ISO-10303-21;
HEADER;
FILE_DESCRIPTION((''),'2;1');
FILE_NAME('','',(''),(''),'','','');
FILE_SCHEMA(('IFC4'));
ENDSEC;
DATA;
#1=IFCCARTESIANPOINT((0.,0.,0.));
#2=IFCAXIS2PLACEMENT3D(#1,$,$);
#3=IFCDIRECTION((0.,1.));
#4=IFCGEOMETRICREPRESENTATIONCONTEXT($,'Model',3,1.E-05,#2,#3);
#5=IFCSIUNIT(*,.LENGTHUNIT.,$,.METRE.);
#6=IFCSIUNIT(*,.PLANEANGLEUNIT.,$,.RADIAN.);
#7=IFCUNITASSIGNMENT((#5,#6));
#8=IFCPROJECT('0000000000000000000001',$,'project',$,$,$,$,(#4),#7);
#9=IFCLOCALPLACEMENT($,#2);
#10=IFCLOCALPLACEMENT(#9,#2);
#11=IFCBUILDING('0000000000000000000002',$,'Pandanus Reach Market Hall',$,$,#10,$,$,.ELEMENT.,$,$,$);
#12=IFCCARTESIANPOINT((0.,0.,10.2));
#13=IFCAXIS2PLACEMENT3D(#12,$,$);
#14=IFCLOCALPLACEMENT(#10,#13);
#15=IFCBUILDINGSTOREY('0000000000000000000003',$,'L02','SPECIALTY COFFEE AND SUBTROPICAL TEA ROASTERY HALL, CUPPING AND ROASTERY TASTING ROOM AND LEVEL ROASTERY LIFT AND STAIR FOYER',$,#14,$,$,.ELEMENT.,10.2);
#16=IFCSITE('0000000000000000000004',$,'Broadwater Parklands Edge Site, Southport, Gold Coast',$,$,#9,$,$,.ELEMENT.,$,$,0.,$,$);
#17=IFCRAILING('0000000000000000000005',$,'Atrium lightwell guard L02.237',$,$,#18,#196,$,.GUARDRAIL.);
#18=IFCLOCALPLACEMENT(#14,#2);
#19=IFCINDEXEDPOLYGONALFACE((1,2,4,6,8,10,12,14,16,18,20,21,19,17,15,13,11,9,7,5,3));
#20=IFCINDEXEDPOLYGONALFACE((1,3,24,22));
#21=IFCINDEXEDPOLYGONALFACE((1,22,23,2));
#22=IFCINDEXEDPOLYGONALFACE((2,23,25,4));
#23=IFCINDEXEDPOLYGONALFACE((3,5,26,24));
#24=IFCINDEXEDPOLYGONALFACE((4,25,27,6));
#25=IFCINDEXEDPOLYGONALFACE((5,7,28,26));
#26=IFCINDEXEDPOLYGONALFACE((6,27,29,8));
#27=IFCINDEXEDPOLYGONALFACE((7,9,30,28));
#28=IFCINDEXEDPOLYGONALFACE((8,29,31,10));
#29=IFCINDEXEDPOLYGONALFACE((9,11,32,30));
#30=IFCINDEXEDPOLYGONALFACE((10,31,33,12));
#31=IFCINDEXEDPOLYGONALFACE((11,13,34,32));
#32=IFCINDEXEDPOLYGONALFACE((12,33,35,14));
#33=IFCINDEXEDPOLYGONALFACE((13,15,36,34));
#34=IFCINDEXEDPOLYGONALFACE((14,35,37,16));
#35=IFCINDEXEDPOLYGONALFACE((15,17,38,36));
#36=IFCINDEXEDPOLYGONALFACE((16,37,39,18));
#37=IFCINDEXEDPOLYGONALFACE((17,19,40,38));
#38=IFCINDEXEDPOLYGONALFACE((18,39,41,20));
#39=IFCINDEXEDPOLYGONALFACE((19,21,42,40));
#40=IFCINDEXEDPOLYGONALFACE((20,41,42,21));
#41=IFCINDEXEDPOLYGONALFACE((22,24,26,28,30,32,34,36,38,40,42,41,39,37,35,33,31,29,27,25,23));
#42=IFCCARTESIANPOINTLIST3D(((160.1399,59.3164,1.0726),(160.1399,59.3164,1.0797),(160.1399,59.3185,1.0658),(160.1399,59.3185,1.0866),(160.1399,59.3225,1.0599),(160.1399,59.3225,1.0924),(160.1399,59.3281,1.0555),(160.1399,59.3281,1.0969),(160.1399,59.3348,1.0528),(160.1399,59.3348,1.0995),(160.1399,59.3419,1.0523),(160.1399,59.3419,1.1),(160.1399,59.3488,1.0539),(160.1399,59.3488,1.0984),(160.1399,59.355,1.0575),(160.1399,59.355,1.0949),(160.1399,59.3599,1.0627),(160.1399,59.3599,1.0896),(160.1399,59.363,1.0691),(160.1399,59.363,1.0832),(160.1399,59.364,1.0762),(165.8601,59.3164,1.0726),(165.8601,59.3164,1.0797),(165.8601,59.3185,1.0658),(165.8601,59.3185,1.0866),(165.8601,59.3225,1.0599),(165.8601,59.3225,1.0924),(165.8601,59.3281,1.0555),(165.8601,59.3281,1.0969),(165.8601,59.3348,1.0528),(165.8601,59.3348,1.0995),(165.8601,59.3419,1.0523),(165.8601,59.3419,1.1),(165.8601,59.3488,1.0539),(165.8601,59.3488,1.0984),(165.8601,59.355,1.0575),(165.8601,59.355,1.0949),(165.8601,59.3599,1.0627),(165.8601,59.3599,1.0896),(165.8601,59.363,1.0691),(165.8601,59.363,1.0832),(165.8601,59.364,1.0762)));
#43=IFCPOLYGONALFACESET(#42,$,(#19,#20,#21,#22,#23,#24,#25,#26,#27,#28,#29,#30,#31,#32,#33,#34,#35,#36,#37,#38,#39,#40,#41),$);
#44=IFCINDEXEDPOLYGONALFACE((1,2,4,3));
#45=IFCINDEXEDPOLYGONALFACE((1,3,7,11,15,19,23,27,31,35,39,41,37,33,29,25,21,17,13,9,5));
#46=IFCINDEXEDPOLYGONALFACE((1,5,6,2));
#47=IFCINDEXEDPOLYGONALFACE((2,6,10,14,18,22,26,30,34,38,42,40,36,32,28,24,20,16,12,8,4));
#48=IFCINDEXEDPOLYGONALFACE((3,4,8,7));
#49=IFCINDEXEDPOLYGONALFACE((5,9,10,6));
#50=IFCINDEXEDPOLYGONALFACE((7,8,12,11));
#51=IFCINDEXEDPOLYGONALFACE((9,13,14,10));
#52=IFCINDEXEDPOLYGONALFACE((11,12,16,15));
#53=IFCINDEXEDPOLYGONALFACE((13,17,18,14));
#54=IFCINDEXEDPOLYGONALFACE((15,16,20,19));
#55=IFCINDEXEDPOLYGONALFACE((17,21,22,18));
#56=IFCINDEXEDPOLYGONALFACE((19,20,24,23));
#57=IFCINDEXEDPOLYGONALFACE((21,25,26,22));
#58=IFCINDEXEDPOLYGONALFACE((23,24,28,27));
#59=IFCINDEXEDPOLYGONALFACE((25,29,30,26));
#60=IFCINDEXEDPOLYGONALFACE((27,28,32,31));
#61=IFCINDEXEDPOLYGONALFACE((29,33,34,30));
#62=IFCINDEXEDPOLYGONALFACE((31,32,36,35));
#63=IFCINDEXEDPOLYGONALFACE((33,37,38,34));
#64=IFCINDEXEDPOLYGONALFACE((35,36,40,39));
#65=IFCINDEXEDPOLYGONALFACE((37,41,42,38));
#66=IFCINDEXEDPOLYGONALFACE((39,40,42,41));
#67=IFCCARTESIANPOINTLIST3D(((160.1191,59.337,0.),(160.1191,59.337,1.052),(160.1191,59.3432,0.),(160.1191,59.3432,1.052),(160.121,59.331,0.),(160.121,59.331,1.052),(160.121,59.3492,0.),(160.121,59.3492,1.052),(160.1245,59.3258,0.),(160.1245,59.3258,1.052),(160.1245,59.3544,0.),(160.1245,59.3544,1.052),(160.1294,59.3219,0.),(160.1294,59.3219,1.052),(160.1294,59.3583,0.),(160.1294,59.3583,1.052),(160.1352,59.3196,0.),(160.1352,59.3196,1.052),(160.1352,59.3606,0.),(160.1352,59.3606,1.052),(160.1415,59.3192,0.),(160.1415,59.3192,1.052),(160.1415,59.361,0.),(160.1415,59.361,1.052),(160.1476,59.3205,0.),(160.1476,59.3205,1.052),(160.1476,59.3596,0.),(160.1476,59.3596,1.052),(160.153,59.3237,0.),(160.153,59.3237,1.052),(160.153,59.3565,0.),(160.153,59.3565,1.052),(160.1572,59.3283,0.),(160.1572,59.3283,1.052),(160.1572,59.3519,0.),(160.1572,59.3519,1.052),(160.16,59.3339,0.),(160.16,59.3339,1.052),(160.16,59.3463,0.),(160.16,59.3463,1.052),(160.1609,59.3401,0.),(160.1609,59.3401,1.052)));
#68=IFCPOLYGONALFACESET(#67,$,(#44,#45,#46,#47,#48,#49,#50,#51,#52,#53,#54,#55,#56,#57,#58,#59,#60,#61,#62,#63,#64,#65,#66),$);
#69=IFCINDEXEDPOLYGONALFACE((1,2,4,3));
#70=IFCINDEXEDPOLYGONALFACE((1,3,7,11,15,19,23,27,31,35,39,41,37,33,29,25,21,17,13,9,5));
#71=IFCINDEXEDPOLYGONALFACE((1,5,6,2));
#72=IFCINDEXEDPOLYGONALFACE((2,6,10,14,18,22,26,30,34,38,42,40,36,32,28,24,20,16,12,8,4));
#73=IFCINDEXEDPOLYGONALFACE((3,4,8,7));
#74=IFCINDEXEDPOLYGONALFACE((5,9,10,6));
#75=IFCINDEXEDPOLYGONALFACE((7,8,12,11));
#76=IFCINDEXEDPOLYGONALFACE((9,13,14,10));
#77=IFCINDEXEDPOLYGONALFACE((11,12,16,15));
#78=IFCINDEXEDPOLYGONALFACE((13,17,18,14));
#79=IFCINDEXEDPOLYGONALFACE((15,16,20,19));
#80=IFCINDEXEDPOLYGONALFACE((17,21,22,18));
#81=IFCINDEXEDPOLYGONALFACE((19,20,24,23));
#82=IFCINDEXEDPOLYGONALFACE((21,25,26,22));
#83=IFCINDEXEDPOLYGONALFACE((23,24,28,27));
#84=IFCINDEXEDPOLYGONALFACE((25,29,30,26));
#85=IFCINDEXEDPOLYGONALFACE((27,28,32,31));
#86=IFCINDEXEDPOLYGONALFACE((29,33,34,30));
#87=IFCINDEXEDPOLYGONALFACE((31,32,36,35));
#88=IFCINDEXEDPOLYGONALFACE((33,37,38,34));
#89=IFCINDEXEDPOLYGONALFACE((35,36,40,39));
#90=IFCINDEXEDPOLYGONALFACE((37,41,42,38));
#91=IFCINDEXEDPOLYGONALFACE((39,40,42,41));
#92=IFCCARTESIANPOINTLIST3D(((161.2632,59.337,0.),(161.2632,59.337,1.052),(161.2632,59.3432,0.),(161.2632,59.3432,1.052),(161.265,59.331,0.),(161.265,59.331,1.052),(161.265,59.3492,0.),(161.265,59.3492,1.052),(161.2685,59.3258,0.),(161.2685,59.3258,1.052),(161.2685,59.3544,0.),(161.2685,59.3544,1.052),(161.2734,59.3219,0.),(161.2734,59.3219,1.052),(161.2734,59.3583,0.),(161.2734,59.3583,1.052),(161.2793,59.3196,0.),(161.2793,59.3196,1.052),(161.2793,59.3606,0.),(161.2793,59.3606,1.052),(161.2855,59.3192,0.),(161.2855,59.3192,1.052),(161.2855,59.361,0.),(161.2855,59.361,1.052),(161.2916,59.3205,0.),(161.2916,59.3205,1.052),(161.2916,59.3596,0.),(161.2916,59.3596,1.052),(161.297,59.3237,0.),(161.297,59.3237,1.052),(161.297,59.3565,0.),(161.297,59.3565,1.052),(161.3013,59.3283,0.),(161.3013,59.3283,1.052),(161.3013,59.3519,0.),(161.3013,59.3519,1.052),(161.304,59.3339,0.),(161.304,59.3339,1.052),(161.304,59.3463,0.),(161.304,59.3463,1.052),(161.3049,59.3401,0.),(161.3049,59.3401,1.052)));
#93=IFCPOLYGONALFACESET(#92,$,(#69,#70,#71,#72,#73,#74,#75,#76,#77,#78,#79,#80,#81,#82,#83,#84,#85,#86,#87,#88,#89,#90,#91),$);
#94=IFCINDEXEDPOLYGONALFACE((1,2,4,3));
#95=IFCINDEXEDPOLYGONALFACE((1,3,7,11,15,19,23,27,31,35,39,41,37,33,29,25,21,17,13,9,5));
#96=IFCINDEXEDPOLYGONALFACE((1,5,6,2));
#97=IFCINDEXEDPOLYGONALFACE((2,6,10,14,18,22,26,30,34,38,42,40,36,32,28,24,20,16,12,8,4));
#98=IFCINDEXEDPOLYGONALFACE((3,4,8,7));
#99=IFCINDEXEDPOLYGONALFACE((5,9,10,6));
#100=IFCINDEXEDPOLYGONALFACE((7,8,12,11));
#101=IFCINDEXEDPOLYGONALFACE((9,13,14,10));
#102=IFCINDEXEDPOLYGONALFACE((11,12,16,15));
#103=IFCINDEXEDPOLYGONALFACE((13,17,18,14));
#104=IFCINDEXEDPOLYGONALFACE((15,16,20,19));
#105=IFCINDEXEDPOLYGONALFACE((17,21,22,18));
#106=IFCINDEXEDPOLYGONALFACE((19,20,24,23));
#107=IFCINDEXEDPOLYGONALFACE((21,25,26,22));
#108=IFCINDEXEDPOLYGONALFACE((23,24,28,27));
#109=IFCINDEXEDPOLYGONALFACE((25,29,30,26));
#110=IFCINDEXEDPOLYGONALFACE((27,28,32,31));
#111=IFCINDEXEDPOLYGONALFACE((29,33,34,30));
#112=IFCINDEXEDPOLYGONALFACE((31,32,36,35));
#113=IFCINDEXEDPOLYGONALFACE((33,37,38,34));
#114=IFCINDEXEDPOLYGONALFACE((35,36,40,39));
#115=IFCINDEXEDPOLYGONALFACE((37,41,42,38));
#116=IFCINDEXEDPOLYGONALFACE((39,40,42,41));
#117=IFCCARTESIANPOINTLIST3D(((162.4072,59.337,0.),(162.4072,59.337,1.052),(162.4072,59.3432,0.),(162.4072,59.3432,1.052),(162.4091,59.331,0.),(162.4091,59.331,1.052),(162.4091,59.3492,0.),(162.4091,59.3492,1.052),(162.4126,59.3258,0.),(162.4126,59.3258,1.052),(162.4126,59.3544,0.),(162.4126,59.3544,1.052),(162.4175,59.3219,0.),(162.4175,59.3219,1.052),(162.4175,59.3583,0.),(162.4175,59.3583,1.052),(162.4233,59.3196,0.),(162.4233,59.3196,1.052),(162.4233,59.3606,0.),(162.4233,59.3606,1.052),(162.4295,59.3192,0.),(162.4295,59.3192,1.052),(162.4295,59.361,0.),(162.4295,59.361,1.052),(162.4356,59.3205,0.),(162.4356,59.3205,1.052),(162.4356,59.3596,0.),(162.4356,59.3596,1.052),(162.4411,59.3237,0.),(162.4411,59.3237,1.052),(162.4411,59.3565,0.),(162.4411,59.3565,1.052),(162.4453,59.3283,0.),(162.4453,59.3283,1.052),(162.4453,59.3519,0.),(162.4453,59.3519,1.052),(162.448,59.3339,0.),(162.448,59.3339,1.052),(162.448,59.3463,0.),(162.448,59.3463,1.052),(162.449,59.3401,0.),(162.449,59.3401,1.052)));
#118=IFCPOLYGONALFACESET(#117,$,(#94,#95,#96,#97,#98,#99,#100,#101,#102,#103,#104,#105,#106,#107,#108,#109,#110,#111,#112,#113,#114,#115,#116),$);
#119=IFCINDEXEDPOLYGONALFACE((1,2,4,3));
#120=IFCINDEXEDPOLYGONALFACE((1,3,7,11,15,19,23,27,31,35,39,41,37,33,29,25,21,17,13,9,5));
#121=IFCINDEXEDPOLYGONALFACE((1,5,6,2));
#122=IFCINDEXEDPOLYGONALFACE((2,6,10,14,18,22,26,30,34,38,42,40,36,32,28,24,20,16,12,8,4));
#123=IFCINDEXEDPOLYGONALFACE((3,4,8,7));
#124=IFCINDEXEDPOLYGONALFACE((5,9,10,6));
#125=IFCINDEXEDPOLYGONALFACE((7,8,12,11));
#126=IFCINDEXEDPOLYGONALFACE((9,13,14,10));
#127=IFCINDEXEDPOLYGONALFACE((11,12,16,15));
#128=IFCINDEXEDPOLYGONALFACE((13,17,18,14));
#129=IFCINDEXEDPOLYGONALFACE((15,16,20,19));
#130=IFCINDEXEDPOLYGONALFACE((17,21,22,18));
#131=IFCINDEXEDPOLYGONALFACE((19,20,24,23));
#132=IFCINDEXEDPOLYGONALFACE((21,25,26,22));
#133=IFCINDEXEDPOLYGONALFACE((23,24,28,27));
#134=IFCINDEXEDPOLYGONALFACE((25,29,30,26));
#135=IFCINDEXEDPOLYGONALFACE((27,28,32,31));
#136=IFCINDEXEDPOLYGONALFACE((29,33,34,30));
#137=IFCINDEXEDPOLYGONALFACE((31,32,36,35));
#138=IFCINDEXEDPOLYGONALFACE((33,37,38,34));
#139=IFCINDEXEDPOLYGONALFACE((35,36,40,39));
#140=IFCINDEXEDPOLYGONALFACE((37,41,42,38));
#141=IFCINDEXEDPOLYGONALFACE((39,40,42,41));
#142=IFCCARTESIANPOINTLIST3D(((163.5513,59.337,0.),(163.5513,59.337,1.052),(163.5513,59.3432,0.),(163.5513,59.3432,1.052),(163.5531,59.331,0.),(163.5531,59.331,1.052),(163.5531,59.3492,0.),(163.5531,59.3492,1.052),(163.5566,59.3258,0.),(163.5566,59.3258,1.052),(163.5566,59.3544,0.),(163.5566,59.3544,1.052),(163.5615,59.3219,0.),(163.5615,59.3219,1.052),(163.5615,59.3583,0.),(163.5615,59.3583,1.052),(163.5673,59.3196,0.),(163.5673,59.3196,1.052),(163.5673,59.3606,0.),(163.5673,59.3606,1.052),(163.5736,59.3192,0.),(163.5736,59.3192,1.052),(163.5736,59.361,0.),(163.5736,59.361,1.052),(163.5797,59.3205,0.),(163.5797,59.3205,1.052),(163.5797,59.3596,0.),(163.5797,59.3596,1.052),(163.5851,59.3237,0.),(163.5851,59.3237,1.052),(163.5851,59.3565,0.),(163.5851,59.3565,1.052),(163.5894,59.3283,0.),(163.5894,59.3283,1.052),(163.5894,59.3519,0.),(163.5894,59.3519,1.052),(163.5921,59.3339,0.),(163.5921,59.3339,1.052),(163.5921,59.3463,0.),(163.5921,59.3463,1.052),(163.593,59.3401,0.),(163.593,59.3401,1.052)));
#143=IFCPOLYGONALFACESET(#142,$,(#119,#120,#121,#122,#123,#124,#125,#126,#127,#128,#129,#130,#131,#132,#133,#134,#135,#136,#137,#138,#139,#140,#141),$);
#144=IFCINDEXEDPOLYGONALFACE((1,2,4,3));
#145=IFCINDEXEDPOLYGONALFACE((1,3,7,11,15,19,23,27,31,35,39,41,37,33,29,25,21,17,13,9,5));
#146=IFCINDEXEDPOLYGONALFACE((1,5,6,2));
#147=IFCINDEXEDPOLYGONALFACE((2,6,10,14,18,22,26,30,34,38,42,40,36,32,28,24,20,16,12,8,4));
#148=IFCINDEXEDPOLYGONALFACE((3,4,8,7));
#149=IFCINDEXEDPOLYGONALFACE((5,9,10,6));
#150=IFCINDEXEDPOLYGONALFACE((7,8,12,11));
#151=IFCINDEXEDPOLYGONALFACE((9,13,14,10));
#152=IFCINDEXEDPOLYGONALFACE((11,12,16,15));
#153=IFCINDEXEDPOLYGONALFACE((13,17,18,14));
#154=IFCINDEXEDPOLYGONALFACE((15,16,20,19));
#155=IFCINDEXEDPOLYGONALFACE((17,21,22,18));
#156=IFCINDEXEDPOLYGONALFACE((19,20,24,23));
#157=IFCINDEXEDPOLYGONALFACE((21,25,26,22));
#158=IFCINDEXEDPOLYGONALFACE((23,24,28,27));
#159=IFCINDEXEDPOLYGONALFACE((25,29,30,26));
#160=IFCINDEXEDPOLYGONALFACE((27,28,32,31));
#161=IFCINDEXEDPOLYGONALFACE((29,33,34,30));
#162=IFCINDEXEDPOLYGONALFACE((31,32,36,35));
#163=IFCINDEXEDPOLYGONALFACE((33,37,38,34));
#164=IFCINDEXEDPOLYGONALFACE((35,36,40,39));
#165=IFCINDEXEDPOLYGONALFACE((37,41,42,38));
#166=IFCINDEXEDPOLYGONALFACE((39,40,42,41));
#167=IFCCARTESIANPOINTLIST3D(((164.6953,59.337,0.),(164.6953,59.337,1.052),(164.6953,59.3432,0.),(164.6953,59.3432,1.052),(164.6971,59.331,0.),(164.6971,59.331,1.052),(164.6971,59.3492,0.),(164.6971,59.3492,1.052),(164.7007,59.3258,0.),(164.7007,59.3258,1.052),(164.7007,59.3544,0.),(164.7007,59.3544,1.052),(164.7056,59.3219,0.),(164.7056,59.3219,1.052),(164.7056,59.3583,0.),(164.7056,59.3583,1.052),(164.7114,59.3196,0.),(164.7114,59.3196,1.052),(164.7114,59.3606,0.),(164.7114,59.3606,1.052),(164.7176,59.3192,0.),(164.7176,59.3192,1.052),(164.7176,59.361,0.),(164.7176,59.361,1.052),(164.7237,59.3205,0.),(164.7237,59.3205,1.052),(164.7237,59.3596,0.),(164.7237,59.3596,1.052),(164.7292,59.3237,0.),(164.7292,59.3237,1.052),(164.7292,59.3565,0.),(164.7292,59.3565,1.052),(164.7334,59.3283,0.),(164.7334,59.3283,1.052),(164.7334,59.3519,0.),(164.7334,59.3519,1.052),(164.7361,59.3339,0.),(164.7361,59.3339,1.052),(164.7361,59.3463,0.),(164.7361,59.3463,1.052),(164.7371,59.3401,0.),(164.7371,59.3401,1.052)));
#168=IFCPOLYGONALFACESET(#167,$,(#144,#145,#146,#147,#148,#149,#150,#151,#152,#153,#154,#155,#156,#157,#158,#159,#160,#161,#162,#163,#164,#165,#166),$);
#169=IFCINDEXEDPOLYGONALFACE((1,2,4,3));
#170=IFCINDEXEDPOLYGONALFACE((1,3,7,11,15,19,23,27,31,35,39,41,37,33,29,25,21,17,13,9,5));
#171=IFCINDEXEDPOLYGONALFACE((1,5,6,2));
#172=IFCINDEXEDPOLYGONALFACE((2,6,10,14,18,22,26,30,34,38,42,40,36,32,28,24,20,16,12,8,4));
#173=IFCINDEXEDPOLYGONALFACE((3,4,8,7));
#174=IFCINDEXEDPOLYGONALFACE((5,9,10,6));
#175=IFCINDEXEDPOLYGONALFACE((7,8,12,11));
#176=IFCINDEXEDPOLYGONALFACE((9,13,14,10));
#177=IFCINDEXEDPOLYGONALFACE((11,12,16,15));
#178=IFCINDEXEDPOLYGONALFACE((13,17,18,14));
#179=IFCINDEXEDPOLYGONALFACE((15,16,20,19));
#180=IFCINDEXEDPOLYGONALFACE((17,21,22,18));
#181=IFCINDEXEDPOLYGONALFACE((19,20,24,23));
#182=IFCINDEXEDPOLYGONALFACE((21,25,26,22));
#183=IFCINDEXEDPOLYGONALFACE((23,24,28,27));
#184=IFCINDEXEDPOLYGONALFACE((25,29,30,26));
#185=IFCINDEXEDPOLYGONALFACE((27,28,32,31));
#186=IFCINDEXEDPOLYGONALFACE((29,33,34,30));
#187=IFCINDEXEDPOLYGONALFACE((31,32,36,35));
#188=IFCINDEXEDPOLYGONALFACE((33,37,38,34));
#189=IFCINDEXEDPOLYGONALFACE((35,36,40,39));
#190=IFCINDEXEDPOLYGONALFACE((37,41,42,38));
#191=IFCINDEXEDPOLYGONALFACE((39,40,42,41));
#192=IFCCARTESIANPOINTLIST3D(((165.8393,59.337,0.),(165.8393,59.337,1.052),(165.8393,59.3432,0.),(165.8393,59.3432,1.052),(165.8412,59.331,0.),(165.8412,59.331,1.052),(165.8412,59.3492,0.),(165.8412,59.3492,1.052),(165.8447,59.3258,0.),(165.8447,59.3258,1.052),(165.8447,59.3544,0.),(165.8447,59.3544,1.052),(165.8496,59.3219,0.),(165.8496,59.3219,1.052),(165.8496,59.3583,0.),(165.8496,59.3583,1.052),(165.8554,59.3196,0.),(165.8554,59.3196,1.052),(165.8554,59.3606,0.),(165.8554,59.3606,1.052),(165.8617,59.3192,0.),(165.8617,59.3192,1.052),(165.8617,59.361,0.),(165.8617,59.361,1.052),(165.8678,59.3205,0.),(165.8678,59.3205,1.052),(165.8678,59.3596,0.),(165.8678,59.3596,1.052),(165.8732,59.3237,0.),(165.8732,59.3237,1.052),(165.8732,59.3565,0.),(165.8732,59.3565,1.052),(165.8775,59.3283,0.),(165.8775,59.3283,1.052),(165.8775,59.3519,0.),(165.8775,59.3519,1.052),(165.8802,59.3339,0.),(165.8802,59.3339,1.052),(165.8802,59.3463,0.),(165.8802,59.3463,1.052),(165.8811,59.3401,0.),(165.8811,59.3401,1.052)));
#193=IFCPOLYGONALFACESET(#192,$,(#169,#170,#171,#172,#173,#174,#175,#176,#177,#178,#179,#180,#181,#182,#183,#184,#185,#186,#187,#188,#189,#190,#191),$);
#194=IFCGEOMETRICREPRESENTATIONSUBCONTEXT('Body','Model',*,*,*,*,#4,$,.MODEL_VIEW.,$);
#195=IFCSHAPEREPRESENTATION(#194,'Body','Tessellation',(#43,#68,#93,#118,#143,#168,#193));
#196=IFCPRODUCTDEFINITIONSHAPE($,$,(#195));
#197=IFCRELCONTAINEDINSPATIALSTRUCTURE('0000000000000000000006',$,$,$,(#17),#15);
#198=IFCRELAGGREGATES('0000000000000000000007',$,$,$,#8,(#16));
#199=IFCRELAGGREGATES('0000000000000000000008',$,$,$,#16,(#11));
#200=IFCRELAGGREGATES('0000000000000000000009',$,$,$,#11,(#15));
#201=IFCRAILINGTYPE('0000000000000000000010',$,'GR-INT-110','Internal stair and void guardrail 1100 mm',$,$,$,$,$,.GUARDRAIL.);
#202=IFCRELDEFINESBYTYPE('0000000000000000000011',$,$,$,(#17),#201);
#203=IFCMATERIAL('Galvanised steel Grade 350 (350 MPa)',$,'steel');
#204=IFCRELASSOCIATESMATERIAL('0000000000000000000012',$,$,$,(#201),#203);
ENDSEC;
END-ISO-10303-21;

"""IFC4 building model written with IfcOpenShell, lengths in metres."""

from ifc_helpers import new_model, si_unit, direction, frame, origin, origin_2d, place, context, subcontext, project, spatial, circle, extrude, material, type_object, element, save


model = new_model("IFC4")

# Units and contexts
model_context = context("Model", 3, precision=1e-05, world=origin(), true_north=direction((0.0, 1.0)))
body_context = subcontext(model_context, "Body", "Model", "MODEL_VIEW")
ifc_project = project(units=[si_unit("LENGTHUNIT", "METRE"), si_unit("PLANEANGLEUNIT", "RADIAN")], contexts=[model_context])

# Site, building, storey
site_placement = place(None, origin())
site = spatial("IfcSite", under=ifc_project, at=site_placement, Name="Broadwater Parklands Edge Site, Southport, Gold Coast", CompositionType="ELEMENT", RefElevation=0.0)
building_placement = place(site_placement, origin())
building = spatial("IfcBuilding", under=site, at=building_placement, Name="Pandanus Reach Market Hall", CompositionType="ELEMENT")
storey_placement = place(building_placement, frame((0.0, 0.0, 10.2)))
storey = spatial("IfcBuildingStorey", under=building, at=storey_placement, Name="L02", Description="SPECIALTY COFFEE AND SUBTROPICAL TEA ROASTERY HALL, CUPPING AND ROASTERY TASTING ROOM AND LEVEL ROASTERY LIFT AND STAIR FOYER", CompositionType="ELEMENT", Elevation=10.2)

# Railing
ifc_material_1 = material(Name="Galvanised steel Grade 350 (350 MPa)", Category="steel")
railing_type_1 = type_object("IfcRailingType", Name="GR-INT-110", Description="Internal stair and void guardrail 1100 mm", PredefinedType="GUARDRAIL", material=ifc_material_1)
railing_1_placement = place(storey_placement, frame((160.1399, 59.3401, 0.0)))
element("IfcRailing", 1, at=railing_1_placement, inside=storey, type_object=railing_type_1, Name="Atrium lightwell guard L02.237", PredefinedType="GUARDRAIL", context=body_context, shape_type="SweptSolid", body=[
    extrude(circle(Radius=0.0239, at=origin_2d()), frame((0.0, 0.0, 1.0762), z_axis=(1.0, 0.0, 0.0), x_axis=(0.0, 1.0, 0.0)), (0.0, 0.0, 1.0), 5.7202),
    extrude(circle(Radius=0.021, at=origin_2d()), origin(), (0.0, 0.0, 1.0), 1.052),
    extrude(circle(Radius=0.021, at=origin_2d()), frame((1.144, 0.0, 0.0)), (0.0, 0.0, 1.0), 1.052),
    extrude(circle(Radius=0.021, at=origin_2d()), frame((2.2881, 0.0, 0.0)), (0.0, 0.0, 1.0), 1.052),
    extrude(circle(Radius=0.021, at=origin_2d()), frame((3.4321, 0.0, 0.0)), (0.0, 0.0, 1.0), 1.052),
    extrude(circle(Radius=0.021, at=origin_2d()), frame((4.5762, 0.0, 0.0)), (0.0, 0.0, 1.0), 1.052),
    extrude(circle(Radius=0.021, at=origin_2d()), frame((5.7202, 0.0, 0.0)), (0.0, 0.0, 1.0), 1.052),
])

save(model, "model.ifc")
